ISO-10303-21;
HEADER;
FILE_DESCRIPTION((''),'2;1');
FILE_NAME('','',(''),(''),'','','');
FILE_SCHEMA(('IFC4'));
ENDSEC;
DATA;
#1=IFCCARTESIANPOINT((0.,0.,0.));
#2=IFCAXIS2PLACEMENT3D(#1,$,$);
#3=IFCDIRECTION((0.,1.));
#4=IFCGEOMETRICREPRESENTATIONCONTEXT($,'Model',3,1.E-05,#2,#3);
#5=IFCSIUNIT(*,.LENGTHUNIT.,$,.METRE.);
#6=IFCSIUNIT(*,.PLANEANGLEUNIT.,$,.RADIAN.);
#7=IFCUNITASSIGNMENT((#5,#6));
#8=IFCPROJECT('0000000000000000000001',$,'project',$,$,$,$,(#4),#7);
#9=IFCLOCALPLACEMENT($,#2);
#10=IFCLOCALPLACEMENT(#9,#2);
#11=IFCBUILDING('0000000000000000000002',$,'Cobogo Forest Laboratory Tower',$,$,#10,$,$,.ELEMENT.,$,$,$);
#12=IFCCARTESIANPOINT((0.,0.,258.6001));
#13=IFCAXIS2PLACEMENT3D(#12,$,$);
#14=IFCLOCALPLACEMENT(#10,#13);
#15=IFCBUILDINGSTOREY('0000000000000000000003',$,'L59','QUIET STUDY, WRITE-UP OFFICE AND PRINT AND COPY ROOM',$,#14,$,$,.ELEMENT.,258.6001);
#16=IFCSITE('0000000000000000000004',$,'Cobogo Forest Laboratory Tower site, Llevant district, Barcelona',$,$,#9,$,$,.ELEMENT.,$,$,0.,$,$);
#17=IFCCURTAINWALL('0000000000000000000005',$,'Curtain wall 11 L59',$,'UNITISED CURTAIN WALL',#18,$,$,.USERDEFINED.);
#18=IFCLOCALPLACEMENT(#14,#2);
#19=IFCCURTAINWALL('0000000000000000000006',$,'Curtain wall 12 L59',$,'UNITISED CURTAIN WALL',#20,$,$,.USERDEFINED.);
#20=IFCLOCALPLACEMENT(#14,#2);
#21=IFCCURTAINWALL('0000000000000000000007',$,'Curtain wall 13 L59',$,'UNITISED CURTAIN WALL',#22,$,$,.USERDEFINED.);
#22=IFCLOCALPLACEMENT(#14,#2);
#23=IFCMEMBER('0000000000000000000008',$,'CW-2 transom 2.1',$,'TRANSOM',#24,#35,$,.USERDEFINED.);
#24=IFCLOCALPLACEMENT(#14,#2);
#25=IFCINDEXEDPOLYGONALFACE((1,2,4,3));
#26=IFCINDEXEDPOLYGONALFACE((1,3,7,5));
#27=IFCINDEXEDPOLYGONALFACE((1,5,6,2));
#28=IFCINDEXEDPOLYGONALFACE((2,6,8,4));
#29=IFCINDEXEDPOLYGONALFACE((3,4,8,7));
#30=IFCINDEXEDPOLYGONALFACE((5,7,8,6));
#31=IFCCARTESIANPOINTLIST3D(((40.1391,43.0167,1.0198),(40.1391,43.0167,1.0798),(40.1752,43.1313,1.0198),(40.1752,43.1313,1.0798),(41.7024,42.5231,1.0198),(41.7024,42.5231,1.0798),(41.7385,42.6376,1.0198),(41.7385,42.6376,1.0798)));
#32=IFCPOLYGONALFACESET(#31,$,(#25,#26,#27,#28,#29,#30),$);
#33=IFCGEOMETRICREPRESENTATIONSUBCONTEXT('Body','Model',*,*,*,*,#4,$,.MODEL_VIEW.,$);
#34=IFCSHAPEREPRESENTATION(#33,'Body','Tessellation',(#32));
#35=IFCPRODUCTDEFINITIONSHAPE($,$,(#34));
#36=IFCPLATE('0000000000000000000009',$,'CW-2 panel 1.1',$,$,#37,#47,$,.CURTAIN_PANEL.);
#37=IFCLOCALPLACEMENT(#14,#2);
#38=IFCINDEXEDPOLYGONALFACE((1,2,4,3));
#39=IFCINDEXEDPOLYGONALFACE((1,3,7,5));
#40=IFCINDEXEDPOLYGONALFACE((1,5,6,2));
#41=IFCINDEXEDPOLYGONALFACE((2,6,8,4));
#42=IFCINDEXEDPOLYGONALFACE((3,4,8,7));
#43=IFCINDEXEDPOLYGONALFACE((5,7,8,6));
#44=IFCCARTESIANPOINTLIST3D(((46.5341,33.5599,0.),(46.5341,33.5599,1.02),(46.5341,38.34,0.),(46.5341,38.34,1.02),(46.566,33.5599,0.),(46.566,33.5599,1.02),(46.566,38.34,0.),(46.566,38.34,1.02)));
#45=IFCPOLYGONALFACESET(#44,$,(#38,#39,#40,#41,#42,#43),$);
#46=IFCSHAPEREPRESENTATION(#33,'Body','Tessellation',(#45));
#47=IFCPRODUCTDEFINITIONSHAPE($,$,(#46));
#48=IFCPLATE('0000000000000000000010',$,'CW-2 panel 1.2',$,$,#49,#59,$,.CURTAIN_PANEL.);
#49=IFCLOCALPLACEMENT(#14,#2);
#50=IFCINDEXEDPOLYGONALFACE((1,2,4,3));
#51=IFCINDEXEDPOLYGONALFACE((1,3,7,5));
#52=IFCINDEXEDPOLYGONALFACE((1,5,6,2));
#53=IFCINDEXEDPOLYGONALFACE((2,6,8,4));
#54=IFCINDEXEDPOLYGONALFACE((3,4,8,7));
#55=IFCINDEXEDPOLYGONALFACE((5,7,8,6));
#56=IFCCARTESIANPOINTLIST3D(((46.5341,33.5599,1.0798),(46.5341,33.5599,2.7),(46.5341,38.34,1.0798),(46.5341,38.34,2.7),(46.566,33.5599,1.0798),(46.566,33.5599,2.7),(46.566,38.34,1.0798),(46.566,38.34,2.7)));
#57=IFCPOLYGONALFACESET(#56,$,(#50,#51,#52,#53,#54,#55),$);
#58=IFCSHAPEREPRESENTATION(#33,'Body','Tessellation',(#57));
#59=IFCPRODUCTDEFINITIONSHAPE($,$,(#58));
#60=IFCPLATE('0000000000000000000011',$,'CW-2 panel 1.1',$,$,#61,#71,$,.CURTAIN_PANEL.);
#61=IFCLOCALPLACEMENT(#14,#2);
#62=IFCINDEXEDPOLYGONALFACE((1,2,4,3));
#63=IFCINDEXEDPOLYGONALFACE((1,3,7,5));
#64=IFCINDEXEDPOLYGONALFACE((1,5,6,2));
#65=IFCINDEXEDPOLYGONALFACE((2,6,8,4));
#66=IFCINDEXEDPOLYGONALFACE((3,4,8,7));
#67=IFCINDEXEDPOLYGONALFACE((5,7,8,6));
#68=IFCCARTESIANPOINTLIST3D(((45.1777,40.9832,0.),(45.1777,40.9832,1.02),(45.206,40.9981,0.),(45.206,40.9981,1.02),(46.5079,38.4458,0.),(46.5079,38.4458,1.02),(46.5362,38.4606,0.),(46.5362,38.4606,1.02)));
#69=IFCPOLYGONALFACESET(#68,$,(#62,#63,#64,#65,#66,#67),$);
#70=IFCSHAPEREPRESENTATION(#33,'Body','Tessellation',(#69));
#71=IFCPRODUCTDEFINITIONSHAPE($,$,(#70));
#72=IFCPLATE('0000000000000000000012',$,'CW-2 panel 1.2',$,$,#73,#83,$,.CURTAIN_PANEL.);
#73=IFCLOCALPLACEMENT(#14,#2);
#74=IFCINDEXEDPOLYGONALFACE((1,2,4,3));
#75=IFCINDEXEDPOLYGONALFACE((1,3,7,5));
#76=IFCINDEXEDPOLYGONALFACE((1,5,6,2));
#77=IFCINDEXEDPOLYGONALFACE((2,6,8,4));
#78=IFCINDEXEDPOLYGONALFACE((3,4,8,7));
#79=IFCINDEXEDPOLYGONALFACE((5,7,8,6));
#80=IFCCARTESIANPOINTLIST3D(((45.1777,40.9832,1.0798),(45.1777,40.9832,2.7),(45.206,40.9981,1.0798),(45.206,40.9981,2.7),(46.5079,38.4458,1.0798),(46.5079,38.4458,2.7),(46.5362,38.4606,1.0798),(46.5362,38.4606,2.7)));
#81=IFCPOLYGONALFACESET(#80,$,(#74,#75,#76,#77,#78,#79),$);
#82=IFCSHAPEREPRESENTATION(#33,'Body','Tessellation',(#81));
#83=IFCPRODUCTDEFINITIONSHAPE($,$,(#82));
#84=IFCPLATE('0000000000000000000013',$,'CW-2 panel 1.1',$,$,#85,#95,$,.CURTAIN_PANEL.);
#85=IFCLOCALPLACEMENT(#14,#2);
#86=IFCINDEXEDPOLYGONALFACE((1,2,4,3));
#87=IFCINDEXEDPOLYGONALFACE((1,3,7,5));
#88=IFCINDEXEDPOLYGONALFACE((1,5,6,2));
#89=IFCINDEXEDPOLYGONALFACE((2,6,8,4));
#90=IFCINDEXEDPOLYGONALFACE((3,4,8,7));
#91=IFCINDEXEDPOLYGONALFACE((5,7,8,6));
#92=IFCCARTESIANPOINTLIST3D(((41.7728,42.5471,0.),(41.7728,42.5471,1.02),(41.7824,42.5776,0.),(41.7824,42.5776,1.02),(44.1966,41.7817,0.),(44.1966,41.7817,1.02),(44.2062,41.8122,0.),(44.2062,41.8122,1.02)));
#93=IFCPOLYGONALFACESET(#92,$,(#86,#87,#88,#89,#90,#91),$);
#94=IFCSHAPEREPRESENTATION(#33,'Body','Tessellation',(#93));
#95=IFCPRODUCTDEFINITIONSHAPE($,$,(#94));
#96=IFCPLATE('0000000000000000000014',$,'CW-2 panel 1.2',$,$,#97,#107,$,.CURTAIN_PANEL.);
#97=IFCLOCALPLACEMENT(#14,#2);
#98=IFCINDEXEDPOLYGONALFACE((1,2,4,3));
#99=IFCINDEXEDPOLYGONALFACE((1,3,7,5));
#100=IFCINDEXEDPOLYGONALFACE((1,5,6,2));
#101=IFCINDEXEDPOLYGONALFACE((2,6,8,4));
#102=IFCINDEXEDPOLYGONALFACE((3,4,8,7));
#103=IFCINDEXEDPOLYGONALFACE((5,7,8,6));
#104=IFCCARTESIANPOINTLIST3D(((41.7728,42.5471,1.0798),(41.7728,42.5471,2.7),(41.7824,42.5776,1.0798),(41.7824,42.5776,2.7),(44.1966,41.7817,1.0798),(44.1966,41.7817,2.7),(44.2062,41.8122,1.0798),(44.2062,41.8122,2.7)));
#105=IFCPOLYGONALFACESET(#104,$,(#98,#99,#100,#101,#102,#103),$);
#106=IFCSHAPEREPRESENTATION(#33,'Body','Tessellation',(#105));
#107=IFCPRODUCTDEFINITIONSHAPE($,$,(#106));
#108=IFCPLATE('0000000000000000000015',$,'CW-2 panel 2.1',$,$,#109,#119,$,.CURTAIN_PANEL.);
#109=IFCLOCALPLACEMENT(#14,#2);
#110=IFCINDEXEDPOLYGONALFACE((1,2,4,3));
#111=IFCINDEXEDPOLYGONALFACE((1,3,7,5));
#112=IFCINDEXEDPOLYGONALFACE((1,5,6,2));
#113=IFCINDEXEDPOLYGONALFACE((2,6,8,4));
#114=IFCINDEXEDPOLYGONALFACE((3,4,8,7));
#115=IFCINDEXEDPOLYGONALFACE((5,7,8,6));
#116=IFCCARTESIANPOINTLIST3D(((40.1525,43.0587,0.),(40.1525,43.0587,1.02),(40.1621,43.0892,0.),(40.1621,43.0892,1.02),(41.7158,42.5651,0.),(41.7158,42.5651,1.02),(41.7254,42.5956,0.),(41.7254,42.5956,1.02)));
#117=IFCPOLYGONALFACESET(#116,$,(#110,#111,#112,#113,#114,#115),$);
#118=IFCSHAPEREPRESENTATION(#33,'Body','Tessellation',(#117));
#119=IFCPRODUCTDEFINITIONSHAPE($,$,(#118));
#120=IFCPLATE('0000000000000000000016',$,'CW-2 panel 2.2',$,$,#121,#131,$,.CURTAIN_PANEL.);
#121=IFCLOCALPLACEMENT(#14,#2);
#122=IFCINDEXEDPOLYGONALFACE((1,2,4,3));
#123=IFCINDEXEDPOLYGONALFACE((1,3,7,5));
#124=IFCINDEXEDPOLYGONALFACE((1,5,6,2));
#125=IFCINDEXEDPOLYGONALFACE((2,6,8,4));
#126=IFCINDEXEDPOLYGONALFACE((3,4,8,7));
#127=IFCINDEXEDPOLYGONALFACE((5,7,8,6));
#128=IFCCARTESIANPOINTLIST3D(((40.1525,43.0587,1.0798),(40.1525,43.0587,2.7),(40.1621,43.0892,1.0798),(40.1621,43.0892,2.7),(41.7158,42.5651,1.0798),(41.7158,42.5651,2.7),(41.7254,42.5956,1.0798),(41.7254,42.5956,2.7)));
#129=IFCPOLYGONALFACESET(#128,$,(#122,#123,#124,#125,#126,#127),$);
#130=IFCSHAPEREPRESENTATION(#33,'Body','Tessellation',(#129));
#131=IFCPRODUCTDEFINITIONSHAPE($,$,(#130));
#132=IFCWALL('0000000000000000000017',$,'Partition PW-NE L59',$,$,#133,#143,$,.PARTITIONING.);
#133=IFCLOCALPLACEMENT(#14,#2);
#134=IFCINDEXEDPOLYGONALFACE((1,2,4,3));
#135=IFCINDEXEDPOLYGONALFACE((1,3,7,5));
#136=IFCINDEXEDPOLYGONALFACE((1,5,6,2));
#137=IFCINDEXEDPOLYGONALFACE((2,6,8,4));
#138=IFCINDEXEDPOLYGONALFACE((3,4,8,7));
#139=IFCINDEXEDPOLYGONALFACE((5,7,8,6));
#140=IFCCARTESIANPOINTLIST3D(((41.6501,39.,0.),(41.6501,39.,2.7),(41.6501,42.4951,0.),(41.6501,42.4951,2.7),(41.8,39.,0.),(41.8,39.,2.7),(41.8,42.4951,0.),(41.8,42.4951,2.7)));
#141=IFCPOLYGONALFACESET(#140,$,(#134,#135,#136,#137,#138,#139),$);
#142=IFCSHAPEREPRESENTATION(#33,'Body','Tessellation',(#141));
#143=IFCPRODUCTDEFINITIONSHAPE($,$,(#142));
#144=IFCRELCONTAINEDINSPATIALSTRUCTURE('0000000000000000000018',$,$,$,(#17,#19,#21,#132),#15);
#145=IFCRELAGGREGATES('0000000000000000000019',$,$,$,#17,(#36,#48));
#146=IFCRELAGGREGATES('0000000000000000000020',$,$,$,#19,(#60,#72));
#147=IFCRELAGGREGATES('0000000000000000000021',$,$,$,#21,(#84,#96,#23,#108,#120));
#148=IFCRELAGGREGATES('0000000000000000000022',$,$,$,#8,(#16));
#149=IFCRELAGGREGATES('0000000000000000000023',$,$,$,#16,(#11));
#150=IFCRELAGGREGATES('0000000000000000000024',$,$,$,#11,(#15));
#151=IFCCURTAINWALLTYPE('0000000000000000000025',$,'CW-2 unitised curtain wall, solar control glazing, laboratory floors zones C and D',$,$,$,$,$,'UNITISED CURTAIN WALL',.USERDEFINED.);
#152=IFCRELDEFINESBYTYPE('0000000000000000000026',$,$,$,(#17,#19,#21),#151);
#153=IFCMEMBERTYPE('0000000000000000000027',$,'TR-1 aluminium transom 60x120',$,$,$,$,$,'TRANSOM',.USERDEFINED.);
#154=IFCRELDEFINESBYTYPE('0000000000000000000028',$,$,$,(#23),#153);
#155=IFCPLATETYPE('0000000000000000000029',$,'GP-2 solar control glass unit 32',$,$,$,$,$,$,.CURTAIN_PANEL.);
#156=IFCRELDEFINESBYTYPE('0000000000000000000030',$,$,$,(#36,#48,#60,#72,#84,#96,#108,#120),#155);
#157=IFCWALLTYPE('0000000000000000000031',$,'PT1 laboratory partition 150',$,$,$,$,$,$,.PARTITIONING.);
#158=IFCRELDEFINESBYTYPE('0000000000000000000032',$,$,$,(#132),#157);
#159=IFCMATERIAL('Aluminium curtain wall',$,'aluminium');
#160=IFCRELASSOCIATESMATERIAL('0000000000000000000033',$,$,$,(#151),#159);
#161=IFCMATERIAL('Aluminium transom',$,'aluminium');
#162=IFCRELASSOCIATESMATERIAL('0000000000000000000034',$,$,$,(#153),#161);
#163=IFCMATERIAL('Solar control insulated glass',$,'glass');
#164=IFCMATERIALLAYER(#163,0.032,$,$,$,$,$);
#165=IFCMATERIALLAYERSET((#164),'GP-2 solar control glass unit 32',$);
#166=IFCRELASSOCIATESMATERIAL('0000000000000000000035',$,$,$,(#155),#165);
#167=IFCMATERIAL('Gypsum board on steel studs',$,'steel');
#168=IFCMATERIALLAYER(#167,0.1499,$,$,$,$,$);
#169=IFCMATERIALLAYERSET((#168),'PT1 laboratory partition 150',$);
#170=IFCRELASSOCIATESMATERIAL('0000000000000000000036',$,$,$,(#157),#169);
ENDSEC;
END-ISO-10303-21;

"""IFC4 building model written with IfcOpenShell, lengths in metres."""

from ifc_helpers import new_model, si_unit, direction, frame, frame_2d, origin, origin_2d, place, context, subcontext, project, spatial, rectangle, extrude, material, layer, layer_set, material_profile, profile_set, type_object, element, aggregate, save


model = new_model("IFC4")

# Units and contexts
model_context = context("Model", 3, precision=1e-05, world=origin(), true_north=direction((0.0, 1.0)))
body_context = subcontext(model_context, "Body", "Model", "MODEL_VIEW")
ifc_project = project(units=[si_unit("LENGTHUNIT", "METRE"), si_unit("PLANEANGLEUNIT", "RADIAN")], contexts=[model_context])

# Site, building, storey
site_placement = place(None, origin())
site = spatial("IfcSite", under=ifc_project, at=site_placement, Name="Cobogo Forest Laboratory Tower site, Llevant district, Barcelona", CompositionType="ELEMENT", RefElevation=0.0)
building_placement = place(site_placement, origin())
building = spatial("IfcBuilding", under=site, at=building_placement, Name="Cobogo Forest Laboratory Tower", CompositionType="ELEMENT")
storey_placement = place(building_placement, frame((0.0, 0.0, 258.6001)))
storey = spatial("IfcBuildingStorey", under=building, at=storey_placement, Name="L59", Description="QUIET STUDY, WRITE-UP OFFICE AND PRINT AND COPY ROOM", CompositionType="ELEMENT", Elevation=258.6001)

# Curtain walls
ifc_material_1 = material(Name="Aluminium curtain wall", Category="aluminium")
curtain_wall_type = type_object("IfcCurtainWallType", Name="CW-2 unitised curtain wall, solar control glazing, laboratory floors zones C and D", ElementType="UNITISED CURTAIN WALL", PredefinedType="USERDEFINED", material=ifc_material_1)
curtain_wall_1_placement = place(storey_placement, origin())
curtain_wall_1 = element("IfcCurtainWall", 1, at=curtain_wall_1_placement, inside=storey, type_object=curtain_wall_type, Name="Curtain wall 11 L59", ObjectType="UNITISED CURTAIN WALL", PredefinedType="USERDEFINED")
curtain_wall_2_placement = place(storey_placement, origin())
curtain_wall_2 = element("IfcCurtainWall", 2, at=curtain_wall_2_placement, inside=storey, type_object=curtain_wall_type, Name="Curtain wall 12 L59", ObjectType="UNITISED CURTAIN WALL", PredefinedType="USERDEFINED")
curtain_wall_3_placement = place(storey_placement, origin())
curtain_wall_3 = element("IfcCurtainWall", 3, at=curtain_wall_3_placement, inside=storey, type_object=curtain_wall_type, Name="Curtain wall 13 L59", ObjectType="UNITISED CURTAIN WALL", PredefinedType="USERDEFINED")

# Member
ifc_material_2 = material(Name="Aluminium transom", Category="aluminium")
ifc_material_profile_1 = material_profile(ifc_material_2, rectangle(XDim=0.1201, YDim=0.0601, at=origin_2d()), Name="AL 60x120")
ifc_profile_set_1 = profile_set([ifc_material_profile_1], Name="Aluminium transom")
member_type_1 = type_object("IfcMemberType", Name="TR-1 aluminium transom 60x120", ElementType="TRANSOM", PredefinedType="USERDEFINED", material=ifc_profile_set_1)
member_1_placement = place(storey_placement, frame((41.7205, 42.5803, 1.0498), z_axis=(-0.953583, 0.301131, 0.0), x_axis=(-0.301131, -0.953583, 0.0)))
member_1 = element("IfcMember", 4, at=member_1_placement, type_object=member_type_1, Name="CW-2 transom 2.1", ObjectType="TRANSOM", PredefinedType="USERDEFINED", context=body_context, shape_type="SweptSolid", body=[
    extrude(rectangle(XDim=0.1201, YDim=0.0601, at=origin_2d()), origin(), (0.0, 0.0, 1.0), 1.6394),
])

# Plates
ifc_material_3 = material(Name="Solar control insulated glass", Category="glass")
ifc_layer_1 = layer(ifc_material_3, 0.032)
ifc_layer_set_1 = layer_set([ifc_layer_1], Name="GP-2 solar control glass unit 32")
plate_type = type_object("IfcPlateType", Name="GP-2 solar control glass unit 32", PredefinedType="CURTAIN_PANEL", material=ifc_layer_set_1)
plate_1_placement = place(storey_placement, frame((46.55, 35.95, 0.0), z_axis=(0.0, 0.0, 1.0), x_axis=(0.0, 1.0, 0.0)))
plate_1 = element("IfcPlate", 5, at=plate_1_placement, type_object=plate_type, Name="CW-2 panel 1.1", PredefinedType="CURTAIN_PANEL", context=body_context, shape_type="SweptSolid", body=[
    extrude(rectangle(XDim=4.78, YDim=0.032, at=origin_2d()), origin(), (0.0, 0.0, 1.0), 1.02),
])
plate_2_placement = place(storey_placement, frame((46.55, 35.95, 1.0798), z_axis=(0.0, 0.0, 1.0), x_axis=(0.0, 1.0, 0.0)))
plate_2 = element("IfcPlate", 6, at=plate_2_placement, type_object=plate_type, Name="CW-2 panel 1.2", PredefinedType="CURTAIN_PANEL", context=body_context, shape_type="SweptSolid", body=[
    extrude(rectangle(XDim=4.78, YDim=0.032, at=origin_2d()), origin(), (0.0, 0.0, 1.0), 1.6201),
])
aggregate(curtain_wall_1, [plate_1, plate_2])
plate_3_placement = place(storey_placement, frame((45.8569, 39.7219, 0.0), z_axis=(0.0, 0.0, 1.0), x_axis=(-0.464284, 0.885686, 0.0)))
plate_3 = element("IfcPlate", 7, at=plate_3_placement, type_object=plate_type, Name="CW-2 panel 1.1", PredefinedType="CURTAIN_PANEL", context=body_context, shape_type="SweptSolid", body=[
    extrude(rectangle(XDim=2.865, YDim=0.032, at=origin_2d()), origin(), (0.0, 0.0, 1.0), 1.02),
])
plate_4_placement = place(storey_placement, frame((45.8569, 39.7219, 1.0798), z_axis=(0.0, 0.0, 1.0), x_axis=(-0.464284, 0.885686, 0.0)))
plate_4 = element("IfcPlate", 8, at=plate_4_placement, type_object=plate_type, Name="CW-2 panel 1.2", PredefinedType="CURTAIN_PANEL", context=body_context, shape_type="SweptSolid", body=[
    extrude(rectangle(XDim=2.865, YDim=0.032, at=origin_2d()), origin(), (0.0, 0.0, 1.0), 1.6201),
])
aggregate(curtain_wall_2, [plate_3, plate_4])
plate_5_placement = place(storey_placement, frame((42.9895, 42.1797, 0.0), z_axis=(0.0, 0.0, 1.0), x_axis=(-0.953581, 0.301135, 0.0)))
plate_5 = element("IfcPlate", 9, at=plate_5_placement, type_object=plate_type, Name="CW-2 panel 1.1", PredefinedType="CURTAIN_PANEL", context=body_context, shape_type="SweptSolid", body=[
    extrude(rectangle(XDim=2.5417, YDim=0.032, at=origin_2d()), origin(), (0.0, 0.0, 1.0), 1.02),
])
plate_6_placement = place(storey_placement, frame((42.9895, 42.1797, 1.0798), z_axis=(0.0, 0.0, 1.0), x_axis=(-0.953581, 0.301135, 0.0)))
plate_6 = element("IfcPlate", 10, at=plate_6_placement, type_object=plate_type, Name="CW-2 panel 1.2", PredefinedType="CURTAIN_PANEL", context=body_context, shape_type="SweptSolid", body=[
    extrude(rectangle(XDim=2.5417, YDim=0.032, at=origin_2d()), origin(), (0.0, 0.0, 1.0), 1.6201),
])
plate_7_placement = place(storey_placement, frame((40.939, 42.8271, 0.0), z_axis=(0.0, 0.0, 1.0), x_axis=(-0.953581, 0.301135, 0.0)))
plate_7 = element("IfcPlate", 11, at=plate_7_placement, type_object=plate_type, Name="CW-2 panel 2.1", PredefinedType="CURTAIN_PANEL", context=body_context, shape_type="SweptSolid", body=[
    extrude(rectangle(XDim=1.6394, YDim=0.032, at=origin_2d()), origin(), (0.0, 0.0, 1.0), 1.02),
])
plate_8_placement = place(storey_placement, frame((40.939, 42.8271, 1.0798), z_axis=(0.0, 0.0, 1.0), x_axis=(-0.953581, 0.301135, 0.0)))
plate_8 = element("IfcPlate", 12, at=plate_8_placement, type_object=plate_type, Name="CW-2 panel 2.2", PredefinedType="CURTAIN_PANEL", context=body_context, shape_type="SweptSolid", body=[
    extrude(rectangle(XDim=1.6394, YDim=0.032, at=origin_2d()), origin(), (0.0, 0.0, 1.0), 1.6201),
])
aggregate(curtain_wall_3, [plate_5, plate_6, member_1, plate_7, plate_8])

# Wall
ifc_material_4 = material(Name="Gypsum board on steel studs", Category="steel")
ifc_layer_2 = layer(ifc_material_4, 0.1499)
ifc_layer_set_2 = layer_set([ifc_layer_2], Name="PT1 laboratory partition 150")
wall_type = type_object("IfcWallType", Name="PT1 laboratory partition 150", PredefinedType="PARTITIONING", material=ifc_layer_set_2)
wall_placement = place(storey_placement, frame((41.7251, 42.4951, 0.0), z_axis=(0.0, 0.0, 1.0), x_axis=(0.0, -1.0, 0.0)))
element("IfcWall", 13, at=wall_placement, inside=storey, type_object=wall_type, Name="Partition PW-NE L59", PredefinedType="PARTITIONING", context=body_context, shape_type="SweptSolid", body=[
    extrude(rectangle(XDim=3.4951, YDim=0.1499, at=frame_2d((1.7476, 0.0))), origin(), (0.0, 0.0, 1.0), 2.7),
])

save(model, "model.ifc")
